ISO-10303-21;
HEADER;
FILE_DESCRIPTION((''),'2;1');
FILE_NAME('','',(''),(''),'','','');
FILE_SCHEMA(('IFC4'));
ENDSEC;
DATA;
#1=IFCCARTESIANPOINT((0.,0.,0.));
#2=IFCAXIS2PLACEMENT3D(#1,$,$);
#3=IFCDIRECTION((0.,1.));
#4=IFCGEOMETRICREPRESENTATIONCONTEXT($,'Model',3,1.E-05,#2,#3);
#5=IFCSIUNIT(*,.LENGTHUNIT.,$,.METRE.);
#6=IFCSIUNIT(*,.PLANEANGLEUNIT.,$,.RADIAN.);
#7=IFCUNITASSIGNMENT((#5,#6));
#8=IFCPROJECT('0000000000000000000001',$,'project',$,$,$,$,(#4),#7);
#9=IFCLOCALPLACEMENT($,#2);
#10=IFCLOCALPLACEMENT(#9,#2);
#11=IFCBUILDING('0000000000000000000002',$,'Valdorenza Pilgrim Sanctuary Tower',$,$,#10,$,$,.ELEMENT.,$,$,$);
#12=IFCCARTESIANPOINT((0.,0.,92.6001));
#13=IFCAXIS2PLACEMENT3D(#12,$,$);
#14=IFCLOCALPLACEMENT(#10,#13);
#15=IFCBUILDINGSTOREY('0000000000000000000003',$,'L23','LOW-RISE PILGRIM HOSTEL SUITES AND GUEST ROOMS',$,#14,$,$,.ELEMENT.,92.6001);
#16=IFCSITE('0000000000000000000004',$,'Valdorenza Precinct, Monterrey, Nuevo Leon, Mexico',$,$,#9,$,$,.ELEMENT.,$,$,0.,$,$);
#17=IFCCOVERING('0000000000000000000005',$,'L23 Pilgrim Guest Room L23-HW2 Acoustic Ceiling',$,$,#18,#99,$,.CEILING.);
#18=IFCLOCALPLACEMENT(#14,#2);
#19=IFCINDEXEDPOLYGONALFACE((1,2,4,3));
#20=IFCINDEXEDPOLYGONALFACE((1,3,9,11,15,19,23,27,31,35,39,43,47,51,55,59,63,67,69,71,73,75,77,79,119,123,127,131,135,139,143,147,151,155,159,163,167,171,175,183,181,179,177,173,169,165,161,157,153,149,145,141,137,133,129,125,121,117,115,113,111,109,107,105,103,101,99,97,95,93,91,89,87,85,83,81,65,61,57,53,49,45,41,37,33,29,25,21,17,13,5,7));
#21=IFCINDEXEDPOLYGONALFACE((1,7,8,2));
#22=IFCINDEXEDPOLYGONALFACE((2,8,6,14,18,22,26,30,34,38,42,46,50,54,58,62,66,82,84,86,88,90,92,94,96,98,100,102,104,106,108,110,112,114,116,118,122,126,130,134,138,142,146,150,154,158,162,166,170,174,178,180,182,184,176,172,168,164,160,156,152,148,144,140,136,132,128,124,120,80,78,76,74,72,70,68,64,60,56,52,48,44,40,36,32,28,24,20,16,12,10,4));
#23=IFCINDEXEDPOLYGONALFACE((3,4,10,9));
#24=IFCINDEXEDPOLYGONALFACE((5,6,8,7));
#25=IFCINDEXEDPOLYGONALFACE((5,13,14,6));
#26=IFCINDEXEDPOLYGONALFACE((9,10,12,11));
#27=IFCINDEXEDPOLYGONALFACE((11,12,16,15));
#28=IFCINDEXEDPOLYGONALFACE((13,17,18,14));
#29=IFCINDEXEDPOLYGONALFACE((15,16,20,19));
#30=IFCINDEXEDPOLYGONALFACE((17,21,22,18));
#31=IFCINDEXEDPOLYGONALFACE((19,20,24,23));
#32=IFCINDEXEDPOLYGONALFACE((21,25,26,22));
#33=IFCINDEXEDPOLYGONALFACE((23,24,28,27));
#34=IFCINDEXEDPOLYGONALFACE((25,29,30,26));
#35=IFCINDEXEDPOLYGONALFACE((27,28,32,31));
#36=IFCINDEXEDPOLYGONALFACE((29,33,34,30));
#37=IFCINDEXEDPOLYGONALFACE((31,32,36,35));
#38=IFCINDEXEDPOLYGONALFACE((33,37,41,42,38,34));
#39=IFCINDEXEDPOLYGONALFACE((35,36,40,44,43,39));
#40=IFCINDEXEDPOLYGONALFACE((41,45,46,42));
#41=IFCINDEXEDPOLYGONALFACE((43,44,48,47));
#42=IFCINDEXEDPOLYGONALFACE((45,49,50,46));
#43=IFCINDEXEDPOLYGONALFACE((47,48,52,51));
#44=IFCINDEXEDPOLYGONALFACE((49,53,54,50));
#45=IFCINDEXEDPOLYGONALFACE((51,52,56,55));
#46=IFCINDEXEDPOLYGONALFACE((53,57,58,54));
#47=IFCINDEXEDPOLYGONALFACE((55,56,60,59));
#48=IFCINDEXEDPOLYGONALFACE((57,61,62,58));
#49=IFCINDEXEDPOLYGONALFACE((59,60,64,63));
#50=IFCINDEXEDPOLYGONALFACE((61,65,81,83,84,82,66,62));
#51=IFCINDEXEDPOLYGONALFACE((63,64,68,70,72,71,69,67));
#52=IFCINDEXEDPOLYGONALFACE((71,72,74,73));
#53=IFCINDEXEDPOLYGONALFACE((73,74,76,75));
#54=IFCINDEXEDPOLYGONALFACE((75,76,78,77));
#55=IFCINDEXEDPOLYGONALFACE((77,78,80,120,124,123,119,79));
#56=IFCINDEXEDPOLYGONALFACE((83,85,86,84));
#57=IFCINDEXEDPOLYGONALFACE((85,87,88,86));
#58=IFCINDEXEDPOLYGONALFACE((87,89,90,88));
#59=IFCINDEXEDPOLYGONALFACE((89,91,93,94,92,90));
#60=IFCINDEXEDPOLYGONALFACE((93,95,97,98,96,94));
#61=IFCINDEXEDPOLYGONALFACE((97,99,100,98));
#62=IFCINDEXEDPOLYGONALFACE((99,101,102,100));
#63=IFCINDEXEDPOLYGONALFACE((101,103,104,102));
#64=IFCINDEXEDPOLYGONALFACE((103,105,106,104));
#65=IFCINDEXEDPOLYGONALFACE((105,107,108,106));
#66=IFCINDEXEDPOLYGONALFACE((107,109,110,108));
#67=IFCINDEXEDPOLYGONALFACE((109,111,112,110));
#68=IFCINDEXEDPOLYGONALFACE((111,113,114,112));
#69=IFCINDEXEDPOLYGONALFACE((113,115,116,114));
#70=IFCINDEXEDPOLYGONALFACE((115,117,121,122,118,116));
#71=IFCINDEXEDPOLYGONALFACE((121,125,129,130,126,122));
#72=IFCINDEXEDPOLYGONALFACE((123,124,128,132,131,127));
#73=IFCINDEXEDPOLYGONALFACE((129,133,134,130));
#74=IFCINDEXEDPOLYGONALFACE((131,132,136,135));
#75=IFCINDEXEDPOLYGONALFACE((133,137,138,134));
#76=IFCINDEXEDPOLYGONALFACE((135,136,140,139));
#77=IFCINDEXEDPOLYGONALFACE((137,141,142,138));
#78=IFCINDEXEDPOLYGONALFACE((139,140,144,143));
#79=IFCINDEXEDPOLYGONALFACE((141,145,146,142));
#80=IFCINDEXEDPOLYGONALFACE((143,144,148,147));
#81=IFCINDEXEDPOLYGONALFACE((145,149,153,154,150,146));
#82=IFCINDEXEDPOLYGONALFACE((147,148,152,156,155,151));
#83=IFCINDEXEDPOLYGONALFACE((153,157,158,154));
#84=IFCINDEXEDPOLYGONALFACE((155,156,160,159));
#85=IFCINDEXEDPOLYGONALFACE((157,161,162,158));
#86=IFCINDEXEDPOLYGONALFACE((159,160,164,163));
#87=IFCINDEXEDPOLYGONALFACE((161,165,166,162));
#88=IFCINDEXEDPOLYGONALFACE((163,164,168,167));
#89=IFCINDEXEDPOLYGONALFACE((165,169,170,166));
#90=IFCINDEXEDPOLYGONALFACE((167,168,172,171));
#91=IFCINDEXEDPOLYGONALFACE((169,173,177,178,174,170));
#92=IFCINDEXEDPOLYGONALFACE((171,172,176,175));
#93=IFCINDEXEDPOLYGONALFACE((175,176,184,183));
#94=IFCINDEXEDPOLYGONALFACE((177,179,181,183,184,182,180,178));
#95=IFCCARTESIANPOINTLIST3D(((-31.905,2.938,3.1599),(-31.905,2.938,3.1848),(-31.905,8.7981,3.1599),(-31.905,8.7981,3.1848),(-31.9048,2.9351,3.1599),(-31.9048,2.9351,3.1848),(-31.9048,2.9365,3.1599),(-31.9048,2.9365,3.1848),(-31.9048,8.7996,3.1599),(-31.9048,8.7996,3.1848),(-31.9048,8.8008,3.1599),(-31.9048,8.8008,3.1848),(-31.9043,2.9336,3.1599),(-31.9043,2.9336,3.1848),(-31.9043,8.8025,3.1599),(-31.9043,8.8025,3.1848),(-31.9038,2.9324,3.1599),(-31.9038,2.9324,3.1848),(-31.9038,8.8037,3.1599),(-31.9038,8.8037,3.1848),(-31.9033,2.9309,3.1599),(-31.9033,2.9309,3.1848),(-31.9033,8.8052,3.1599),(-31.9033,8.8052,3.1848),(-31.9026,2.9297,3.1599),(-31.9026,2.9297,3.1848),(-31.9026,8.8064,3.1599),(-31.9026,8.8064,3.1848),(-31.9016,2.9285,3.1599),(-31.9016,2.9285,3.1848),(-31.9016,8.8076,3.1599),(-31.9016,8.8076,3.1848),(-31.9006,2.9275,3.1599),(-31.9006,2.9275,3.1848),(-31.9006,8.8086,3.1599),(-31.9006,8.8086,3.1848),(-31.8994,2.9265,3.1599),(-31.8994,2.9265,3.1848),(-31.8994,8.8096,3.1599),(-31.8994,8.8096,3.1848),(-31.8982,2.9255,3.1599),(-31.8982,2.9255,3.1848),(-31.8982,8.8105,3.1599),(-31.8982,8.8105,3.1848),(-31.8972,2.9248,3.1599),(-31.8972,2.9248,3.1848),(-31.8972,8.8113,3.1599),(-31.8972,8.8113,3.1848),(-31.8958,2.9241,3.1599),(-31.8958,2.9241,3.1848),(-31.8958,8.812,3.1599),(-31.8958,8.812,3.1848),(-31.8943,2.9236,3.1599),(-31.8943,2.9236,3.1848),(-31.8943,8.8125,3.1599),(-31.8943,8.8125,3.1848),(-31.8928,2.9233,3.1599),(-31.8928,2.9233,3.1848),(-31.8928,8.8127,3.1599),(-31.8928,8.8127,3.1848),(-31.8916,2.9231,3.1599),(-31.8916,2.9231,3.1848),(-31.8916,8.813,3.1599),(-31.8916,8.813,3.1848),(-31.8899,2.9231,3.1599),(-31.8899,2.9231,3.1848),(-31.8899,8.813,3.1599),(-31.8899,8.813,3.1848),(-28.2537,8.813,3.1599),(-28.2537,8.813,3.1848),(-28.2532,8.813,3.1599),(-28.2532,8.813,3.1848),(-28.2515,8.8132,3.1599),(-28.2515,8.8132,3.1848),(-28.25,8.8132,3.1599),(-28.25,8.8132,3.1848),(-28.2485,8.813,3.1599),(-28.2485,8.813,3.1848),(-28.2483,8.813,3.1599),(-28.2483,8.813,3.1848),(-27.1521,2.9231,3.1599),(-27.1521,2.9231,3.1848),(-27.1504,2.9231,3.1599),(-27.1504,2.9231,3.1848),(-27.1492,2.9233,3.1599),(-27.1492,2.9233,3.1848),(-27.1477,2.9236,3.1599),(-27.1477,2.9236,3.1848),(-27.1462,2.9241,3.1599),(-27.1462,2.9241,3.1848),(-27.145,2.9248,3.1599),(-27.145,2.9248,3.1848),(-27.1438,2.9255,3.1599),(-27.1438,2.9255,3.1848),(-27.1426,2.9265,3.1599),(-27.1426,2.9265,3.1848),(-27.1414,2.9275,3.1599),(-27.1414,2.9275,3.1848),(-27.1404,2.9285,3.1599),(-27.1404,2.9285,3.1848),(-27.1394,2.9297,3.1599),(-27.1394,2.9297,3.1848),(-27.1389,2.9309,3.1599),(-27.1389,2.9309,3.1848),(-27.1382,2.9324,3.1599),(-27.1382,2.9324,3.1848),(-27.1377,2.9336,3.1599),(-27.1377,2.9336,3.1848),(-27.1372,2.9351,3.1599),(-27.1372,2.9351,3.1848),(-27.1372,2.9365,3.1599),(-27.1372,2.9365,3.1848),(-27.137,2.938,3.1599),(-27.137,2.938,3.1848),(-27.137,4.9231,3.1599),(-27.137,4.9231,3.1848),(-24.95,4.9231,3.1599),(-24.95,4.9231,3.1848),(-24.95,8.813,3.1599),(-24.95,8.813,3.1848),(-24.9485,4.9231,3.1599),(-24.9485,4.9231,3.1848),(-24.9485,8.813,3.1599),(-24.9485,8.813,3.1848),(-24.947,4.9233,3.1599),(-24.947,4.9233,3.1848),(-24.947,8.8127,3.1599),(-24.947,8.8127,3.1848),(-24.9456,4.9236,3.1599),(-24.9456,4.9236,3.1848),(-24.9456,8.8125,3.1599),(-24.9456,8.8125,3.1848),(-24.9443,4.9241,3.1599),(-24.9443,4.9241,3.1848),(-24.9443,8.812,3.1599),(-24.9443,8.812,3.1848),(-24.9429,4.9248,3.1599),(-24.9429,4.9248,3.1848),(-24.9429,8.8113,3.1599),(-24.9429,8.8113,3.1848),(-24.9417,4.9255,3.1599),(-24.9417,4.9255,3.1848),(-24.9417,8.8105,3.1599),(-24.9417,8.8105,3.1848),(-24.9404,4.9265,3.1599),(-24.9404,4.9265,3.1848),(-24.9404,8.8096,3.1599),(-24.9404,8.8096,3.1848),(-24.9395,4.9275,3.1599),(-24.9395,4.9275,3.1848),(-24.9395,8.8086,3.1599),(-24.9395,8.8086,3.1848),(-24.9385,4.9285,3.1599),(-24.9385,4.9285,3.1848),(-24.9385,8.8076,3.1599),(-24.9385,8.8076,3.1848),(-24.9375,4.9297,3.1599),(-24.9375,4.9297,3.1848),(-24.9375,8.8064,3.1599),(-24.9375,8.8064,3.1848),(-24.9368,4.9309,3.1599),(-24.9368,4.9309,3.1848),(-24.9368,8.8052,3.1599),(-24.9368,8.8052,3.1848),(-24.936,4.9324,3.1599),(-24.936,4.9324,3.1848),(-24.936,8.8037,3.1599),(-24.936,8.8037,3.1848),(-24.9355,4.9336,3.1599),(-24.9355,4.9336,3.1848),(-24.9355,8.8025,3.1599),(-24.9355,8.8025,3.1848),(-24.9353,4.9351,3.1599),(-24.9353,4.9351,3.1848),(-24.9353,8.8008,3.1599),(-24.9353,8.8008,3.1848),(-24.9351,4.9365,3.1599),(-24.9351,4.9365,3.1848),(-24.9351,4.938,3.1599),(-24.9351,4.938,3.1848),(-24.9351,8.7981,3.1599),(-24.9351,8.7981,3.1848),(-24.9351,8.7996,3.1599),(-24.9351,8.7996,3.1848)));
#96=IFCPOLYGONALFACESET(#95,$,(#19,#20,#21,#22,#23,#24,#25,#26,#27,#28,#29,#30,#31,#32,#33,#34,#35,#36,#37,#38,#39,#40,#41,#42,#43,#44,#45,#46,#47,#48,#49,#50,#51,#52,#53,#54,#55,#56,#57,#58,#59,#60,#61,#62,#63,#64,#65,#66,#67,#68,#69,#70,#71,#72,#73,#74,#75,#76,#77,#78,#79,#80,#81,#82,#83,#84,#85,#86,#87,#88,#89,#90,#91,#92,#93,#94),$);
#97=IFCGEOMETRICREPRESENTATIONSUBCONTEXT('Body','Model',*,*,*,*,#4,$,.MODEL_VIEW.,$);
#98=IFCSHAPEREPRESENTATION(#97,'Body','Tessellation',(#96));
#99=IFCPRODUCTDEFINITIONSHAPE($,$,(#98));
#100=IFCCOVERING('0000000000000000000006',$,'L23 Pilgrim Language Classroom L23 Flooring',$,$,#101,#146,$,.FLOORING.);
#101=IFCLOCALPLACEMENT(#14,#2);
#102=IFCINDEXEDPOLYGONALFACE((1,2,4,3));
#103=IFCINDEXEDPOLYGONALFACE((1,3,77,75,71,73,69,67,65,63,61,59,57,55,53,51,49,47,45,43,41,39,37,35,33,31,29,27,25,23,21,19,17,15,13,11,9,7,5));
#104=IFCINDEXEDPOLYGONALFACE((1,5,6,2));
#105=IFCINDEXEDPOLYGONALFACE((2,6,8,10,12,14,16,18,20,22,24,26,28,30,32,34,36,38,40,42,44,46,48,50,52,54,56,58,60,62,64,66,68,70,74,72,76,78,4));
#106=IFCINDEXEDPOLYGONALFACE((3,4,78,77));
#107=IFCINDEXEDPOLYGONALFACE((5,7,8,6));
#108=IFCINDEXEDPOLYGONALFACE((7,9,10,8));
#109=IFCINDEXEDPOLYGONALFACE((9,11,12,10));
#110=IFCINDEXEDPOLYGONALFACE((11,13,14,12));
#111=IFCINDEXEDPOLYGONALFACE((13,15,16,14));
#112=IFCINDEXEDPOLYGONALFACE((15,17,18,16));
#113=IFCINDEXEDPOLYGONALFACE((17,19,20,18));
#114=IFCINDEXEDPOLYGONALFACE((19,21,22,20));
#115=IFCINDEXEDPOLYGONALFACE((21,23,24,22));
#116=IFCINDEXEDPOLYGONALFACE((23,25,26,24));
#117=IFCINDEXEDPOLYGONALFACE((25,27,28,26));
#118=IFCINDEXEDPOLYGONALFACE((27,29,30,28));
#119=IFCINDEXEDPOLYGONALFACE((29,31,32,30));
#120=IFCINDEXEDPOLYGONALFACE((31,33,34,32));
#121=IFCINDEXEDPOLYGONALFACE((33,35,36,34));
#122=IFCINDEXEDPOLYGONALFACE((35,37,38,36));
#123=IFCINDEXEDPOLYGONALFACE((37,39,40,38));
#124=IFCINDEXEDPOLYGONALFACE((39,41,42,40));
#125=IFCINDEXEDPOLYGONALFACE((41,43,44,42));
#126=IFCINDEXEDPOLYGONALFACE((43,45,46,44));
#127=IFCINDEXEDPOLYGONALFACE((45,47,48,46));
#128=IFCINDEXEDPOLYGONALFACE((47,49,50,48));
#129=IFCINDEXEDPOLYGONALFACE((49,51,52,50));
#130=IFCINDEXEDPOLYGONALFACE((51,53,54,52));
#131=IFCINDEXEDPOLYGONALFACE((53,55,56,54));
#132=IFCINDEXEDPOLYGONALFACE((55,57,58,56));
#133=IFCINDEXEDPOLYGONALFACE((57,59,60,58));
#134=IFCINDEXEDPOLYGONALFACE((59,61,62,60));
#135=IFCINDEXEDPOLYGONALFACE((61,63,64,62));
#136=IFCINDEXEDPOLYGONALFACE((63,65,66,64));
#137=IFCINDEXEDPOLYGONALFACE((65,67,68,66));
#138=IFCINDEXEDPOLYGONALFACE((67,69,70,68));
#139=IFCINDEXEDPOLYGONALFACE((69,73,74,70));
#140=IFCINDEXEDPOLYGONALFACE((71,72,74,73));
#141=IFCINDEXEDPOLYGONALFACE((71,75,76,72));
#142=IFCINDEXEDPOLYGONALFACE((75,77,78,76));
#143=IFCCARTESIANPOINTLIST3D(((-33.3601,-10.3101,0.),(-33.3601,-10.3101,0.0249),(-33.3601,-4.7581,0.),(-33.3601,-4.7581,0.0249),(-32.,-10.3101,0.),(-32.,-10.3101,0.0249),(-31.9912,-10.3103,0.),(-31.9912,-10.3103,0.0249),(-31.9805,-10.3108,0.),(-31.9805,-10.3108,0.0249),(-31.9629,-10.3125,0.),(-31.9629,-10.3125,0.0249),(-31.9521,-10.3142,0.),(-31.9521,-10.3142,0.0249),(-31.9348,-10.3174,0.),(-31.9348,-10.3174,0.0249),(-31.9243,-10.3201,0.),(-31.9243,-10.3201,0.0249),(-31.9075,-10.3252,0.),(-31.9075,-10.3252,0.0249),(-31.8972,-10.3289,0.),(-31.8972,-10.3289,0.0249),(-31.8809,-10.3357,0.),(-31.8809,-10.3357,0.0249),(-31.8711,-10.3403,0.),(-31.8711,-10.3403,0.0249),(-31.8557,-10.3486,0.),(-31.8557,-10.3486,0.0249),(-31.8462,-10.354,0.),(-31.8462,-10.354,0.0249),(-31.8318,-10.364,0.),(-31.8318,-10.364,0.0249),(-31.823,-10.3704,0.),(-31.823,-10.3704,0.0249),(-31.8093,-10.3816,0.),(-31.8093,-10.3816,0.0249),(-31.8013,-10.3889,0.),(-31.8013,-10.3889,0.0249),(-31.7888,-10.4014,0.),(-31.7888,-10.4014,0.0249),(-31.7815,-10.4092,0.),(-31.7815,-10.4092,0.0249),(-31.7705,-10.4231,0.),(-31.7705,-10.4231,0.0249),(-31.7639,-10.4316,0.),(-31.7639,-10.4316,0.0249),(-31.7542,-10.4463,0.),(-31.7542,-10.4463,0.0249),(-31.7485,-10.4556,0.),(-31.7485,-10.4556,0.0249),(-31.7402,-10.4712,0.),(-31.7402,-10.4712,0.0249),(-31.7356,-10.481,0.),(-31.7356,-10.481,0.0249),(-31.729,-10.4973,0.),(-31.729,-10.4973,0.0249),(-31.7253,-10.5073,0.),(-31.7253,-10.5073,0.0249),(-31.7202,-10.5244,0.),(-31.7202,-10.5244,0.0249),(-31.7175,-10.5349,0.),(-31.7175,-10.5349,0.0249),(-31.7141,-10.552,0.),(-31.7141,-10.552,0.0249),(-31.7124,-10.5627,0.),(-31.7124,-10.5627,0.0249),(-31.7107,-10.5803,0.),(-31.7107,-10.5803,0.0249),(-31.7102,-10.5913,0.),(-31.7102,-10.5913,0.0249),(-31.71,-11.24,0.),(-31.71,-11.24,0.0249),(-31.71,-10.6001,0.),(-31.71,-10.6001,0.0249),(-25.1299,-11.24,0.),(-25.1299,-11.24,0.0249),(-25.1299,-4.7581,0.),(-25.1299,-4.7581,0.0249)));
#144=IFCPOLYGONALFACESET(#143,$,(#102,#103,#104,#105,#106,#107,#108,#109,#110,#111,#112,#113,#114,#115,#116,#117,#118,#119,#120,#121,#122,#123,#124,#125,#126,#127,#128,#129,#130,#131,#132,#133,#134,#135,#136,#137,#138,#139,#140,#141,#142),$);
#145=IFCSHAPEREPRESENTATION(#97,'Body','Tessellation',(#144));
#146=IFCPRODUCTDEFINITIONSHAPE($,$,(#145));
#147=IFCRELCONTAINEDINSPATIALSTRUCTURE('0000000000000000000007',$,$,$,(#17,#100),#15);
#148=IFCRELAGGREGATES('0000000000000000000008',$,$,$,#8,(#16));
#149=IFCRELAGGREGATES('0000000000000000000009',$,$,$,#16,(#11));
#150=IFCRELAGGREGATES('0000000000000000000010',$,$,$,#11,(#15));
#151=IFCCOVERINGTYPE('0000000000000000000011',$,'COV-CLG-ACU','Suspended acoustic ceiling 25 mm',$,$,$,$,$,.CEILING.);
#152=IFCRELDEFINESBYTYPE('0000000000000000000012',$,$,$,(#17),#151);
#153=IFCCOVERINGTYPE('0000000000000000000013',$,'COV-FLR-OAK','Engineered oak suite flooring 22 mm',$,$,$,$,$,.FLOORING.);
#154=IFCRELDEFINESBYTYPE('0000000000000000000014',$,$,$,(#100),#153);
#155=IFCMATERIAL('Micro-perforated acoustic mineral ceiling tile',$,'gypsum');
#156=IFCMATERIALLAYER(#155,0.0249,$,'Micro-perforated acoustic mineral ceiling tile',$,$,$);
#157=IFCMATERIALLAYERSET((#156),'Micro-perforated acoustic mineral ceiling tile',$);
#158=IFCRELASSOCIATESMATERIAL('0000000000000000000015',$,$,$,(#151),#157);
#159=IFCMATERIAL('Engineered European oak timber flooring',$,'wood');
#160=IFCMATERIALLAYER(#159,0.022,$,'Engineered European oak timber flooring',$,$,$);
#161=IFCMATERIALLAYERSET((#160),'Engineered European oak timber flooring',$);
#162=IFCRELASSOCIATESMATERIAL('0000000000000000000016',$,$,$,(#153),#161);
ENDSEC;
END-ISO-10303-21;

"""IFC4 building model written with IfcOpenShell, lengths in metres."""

from ifc_helpers import new_model, si_unit, direction, frame, origin, place, context, subcontext, project, spatial, polyline, outline, extrude, material, layer, layer_set, type_object, element, save


model = new_model("IFC4")

# Units and contexts
model_context = context("Model", 3, precision=1e-05, world=origin(), true_north=direction((0.0, 1.0)))
body_context = subcontext(model_context, "Body", "Model", "MODEL_VIEW")
ifc_project = project(units=[si_unit("LENGTHUNIT", "METRE"), si_unit("PLANEANGLEUNIT", "RADIAN")], contexts=[model_context])

# Site, building, storey
site_placement = place(None, origin())
site = spatial("IfcSite", under=ifc_project, at=site_placement, Name="Valdorenza Precinct, Monterrey, Nuevo Leon, Mexico", CompositionType="ELEMENT", RefElevation=0.0)
building_placement = place(site_placement, origin())
building = spatial("IfcBuilding", under=site, at=building_placement, Name="Valdorenza Pilgrim Sanctuary Tower", CompositionType="ELEMENT")
storey_placement = place(building_placement, frame((0.0, 0.0, 92.6001)))
storey = spatial("IfcBuildingStorey", under=building, at=storey_placement, Name="L23", Description="LOW-RISE PILGRIM HOSTEL SUITES AND GUEST ROOMS", CompositionType="ELEMENT", Elevation=92.6001)

# Coverings
ifc_material_1 = material(Name="Micro-perforated acoustic mineral ceiling tile", Category="gypsum")
ifc_layer_1 = layer(ifc_material_1, 0.0249, Name="Micro-perforated acoustic mineral ceiling tile")
ifc_layer_set_1 = layer_set([ifc_layer_1], Name="Micro-perforated acoustic mineral ceiling tile")
covering_type_1 = type_object("IfcCoveringType", Name="COV-CLG-ACU", Description="Suspended acoustic ceiling 25 mm", PredefinedType="CEILING", material=ifc_layer_set_1)
covering_1_placement = place(storey_placement, frame((0.0, 0.0, 3.1599)))
element("IfcCovering", 1, at=covering_1_placement, inside=storey, type_object=covering_type_1, Name="L23 Pilgrim Guest Room L23-HW2 Acoustic Ceiling", PredefinedType="CEILING", context=body_context, shape_type="SweptSolid", body=[
    extrude(outline(polyline([(-28.2537, 8.813), (-28.2532, 8.813), (-28.2515, 8.8132), (-28.25, 8.8132), (-28.2485, 8.813), (-28.2483, 8.813), (-24.95, 8.813), (-24.9485, 8.813), (-24.947, 8.8127), (-24.9456, 8.8125), (-24.9443, 8.812), (-24.9429, 8.8113), (-24.9417, 8.8105), (-24.9404, 8.8096), (-24.9395, 8.8086), (-24.9385, 8.8076), (-24.9375, 8.8064), (-24.9368, 8.8052), (-24.936, 8.8037), (-24.9355, 8.8025), (-24.9353, 8.8008), (-24.9351, 8.7996), (-24.9351, 8.7981), (-24.9351, 4.938), (-24.9351, 4.9365), (-24.9353, 4.9351), (-24.9355, 4.9336), (-24.936, 4.9324), (-24.9368, 4.9309), (-24.9375, 4.9297), (-24.9385, 4.9285), (-24.9395, 4.9275), (-24.9404, 4.9265), (-24.9417, 4.9255), (-24.9429, 4.9248), (-24.9443, 4.9241), (-24.9456, 4.9236), (-24.947, 4.9233), (-24.9485, 4.9231), (-24.95, 4.9231), (-27.137, 4.9231), (-27.137, 2.938), (-27.1372, 2.9365), (-27.1372, 2.9351), (-27.1377, 2.9336), (-27.1382, 2.9324), (-27.1389, 2.9309), (-27.1394, 2.9297), (-27.1404, 2.9285), (-27.1414, 2.9275), (-27.1426, 2.9265), (-27.1438, 2.9255), (-27.145, 2.9248), (-27.1462, 2.9241), (-27.1477, 2.9236), (-27.1492, 2.9233), (-27.1504, 2.9231), (-27.1521, 2.9231), (-31.8899, 2.9231), (-31.8916, 2.9231), (-31.8928, 2.9233), (-31.8943, 2.9236), (-31.8958, 2.9241), (-31.8972, 2.9248), (-31.8982, 2.9255), (-31.8994, 2.9265), (-31.9006, 2.9275), (-31.9016, 2.9285), (-31.9026, 2.9297), (-31.9033, 2.9309), (-31.9038, 2.9324), (-31.9043, 2.9336), (-31.9048, 2.9351), (-31.9048, 2.9365), (-31.905, 2.938), (-31.905, 8.7981), (-31.9048, 8.7996), (-31.9048, 8.8008), (-31.9043, 8.8025), (-31.9038, 8.8037), (-31.9033, 8.8052), (-31.9026, 8.8064), (-31.9016, 8.8076), (-31.9006, 8.8086), (-31.8994, 8.8096), (-31.8982, 8.8105), (-31.8972, 8.8113), (-31.8958, 8.812), (-31.8943, 8.8125), (-31.8928, 8.8127), (-31.8916, 8.813), (-31.8899, 8.813), (-28.2537, 8.813)])), origin(), (0.0, 0.0, 1.0), 0.0249),
])
ifc_material_2 = material(Name="Engineered European oak timber flooring", Category="wood")
ifc_layer_2 = layer(ifc_material_2, 0.022, Name="Engineered European oak timber flooring")
ifc_layer_set_2 = layer_set([ifc_layer_2], Name="Engineered European oak timber flooring")
covering_type_2 = type_object("IfcCoveringType", Name="COV-FLR-OAK", Description="Engineered oak suite flooring 22 mm", PredefinedType="FLOORING", material=ifc_layer_set_2)
covering_2_placement = place(storey_placement, origin())
element("IfcCovering", 2, at=covering_2_placement, inside=storey, type_object=covering_type_2, Name="L23 Pilgrim Language Classroom L23 Flooring", PredefinedType="FLOORING", context=body_context, shape_type="SweptSolid", body=[
    extrude(outline(polyline([(-25.1299, -11.24), (-31.71, -11.24), (-31.71, -10.6001), (-31.7102, -10.5913), (-31.7107, -10.5803), (-31.7124, -10.5627), (-31.7141, -10.552), (-31.7175, -10.5349), (-31.7202, -10.5244), (-31.7253, -10.5073), (-31.729, -10.4973), (-31.7356, -10.481), (-31.7402, -10.4712), (-31.7485, -10.4556), (-31.7542, -10.4463), (-31.7639, -10.4316), (-31.7705, -10.4231), (-31.7815, -10.4092), (-31.7888, -10.4014), (-31.8013, -10.3889), (-31.8093, -10.3816), (-31.823, -10.3704), (-31.8318, -10.364), (-31.8462, -10.354), (-31.8557, -10.3486), (-31.8711, -10.3403), (-31.8809, -10.3357), (-31.8972, -10.3289), (-31.9075, -10.3252), (-31.9243, -10.3201), (-31.9348, -10.3174), (-31.9521, -10.3142), (-31.9629, -10.3125), (-31.9805, -10.3108), (-31.9912, -10.3103), (-32.0, -10.3101), (-33.3601, -10.3101), (-33.3601, -4.7581), (-25.1299, -4.7581), (-25.1299, -11.24)])), origin(), (0.0, 0.0, 1.0), 0.0249),
])

save(model, "model.ifc")
